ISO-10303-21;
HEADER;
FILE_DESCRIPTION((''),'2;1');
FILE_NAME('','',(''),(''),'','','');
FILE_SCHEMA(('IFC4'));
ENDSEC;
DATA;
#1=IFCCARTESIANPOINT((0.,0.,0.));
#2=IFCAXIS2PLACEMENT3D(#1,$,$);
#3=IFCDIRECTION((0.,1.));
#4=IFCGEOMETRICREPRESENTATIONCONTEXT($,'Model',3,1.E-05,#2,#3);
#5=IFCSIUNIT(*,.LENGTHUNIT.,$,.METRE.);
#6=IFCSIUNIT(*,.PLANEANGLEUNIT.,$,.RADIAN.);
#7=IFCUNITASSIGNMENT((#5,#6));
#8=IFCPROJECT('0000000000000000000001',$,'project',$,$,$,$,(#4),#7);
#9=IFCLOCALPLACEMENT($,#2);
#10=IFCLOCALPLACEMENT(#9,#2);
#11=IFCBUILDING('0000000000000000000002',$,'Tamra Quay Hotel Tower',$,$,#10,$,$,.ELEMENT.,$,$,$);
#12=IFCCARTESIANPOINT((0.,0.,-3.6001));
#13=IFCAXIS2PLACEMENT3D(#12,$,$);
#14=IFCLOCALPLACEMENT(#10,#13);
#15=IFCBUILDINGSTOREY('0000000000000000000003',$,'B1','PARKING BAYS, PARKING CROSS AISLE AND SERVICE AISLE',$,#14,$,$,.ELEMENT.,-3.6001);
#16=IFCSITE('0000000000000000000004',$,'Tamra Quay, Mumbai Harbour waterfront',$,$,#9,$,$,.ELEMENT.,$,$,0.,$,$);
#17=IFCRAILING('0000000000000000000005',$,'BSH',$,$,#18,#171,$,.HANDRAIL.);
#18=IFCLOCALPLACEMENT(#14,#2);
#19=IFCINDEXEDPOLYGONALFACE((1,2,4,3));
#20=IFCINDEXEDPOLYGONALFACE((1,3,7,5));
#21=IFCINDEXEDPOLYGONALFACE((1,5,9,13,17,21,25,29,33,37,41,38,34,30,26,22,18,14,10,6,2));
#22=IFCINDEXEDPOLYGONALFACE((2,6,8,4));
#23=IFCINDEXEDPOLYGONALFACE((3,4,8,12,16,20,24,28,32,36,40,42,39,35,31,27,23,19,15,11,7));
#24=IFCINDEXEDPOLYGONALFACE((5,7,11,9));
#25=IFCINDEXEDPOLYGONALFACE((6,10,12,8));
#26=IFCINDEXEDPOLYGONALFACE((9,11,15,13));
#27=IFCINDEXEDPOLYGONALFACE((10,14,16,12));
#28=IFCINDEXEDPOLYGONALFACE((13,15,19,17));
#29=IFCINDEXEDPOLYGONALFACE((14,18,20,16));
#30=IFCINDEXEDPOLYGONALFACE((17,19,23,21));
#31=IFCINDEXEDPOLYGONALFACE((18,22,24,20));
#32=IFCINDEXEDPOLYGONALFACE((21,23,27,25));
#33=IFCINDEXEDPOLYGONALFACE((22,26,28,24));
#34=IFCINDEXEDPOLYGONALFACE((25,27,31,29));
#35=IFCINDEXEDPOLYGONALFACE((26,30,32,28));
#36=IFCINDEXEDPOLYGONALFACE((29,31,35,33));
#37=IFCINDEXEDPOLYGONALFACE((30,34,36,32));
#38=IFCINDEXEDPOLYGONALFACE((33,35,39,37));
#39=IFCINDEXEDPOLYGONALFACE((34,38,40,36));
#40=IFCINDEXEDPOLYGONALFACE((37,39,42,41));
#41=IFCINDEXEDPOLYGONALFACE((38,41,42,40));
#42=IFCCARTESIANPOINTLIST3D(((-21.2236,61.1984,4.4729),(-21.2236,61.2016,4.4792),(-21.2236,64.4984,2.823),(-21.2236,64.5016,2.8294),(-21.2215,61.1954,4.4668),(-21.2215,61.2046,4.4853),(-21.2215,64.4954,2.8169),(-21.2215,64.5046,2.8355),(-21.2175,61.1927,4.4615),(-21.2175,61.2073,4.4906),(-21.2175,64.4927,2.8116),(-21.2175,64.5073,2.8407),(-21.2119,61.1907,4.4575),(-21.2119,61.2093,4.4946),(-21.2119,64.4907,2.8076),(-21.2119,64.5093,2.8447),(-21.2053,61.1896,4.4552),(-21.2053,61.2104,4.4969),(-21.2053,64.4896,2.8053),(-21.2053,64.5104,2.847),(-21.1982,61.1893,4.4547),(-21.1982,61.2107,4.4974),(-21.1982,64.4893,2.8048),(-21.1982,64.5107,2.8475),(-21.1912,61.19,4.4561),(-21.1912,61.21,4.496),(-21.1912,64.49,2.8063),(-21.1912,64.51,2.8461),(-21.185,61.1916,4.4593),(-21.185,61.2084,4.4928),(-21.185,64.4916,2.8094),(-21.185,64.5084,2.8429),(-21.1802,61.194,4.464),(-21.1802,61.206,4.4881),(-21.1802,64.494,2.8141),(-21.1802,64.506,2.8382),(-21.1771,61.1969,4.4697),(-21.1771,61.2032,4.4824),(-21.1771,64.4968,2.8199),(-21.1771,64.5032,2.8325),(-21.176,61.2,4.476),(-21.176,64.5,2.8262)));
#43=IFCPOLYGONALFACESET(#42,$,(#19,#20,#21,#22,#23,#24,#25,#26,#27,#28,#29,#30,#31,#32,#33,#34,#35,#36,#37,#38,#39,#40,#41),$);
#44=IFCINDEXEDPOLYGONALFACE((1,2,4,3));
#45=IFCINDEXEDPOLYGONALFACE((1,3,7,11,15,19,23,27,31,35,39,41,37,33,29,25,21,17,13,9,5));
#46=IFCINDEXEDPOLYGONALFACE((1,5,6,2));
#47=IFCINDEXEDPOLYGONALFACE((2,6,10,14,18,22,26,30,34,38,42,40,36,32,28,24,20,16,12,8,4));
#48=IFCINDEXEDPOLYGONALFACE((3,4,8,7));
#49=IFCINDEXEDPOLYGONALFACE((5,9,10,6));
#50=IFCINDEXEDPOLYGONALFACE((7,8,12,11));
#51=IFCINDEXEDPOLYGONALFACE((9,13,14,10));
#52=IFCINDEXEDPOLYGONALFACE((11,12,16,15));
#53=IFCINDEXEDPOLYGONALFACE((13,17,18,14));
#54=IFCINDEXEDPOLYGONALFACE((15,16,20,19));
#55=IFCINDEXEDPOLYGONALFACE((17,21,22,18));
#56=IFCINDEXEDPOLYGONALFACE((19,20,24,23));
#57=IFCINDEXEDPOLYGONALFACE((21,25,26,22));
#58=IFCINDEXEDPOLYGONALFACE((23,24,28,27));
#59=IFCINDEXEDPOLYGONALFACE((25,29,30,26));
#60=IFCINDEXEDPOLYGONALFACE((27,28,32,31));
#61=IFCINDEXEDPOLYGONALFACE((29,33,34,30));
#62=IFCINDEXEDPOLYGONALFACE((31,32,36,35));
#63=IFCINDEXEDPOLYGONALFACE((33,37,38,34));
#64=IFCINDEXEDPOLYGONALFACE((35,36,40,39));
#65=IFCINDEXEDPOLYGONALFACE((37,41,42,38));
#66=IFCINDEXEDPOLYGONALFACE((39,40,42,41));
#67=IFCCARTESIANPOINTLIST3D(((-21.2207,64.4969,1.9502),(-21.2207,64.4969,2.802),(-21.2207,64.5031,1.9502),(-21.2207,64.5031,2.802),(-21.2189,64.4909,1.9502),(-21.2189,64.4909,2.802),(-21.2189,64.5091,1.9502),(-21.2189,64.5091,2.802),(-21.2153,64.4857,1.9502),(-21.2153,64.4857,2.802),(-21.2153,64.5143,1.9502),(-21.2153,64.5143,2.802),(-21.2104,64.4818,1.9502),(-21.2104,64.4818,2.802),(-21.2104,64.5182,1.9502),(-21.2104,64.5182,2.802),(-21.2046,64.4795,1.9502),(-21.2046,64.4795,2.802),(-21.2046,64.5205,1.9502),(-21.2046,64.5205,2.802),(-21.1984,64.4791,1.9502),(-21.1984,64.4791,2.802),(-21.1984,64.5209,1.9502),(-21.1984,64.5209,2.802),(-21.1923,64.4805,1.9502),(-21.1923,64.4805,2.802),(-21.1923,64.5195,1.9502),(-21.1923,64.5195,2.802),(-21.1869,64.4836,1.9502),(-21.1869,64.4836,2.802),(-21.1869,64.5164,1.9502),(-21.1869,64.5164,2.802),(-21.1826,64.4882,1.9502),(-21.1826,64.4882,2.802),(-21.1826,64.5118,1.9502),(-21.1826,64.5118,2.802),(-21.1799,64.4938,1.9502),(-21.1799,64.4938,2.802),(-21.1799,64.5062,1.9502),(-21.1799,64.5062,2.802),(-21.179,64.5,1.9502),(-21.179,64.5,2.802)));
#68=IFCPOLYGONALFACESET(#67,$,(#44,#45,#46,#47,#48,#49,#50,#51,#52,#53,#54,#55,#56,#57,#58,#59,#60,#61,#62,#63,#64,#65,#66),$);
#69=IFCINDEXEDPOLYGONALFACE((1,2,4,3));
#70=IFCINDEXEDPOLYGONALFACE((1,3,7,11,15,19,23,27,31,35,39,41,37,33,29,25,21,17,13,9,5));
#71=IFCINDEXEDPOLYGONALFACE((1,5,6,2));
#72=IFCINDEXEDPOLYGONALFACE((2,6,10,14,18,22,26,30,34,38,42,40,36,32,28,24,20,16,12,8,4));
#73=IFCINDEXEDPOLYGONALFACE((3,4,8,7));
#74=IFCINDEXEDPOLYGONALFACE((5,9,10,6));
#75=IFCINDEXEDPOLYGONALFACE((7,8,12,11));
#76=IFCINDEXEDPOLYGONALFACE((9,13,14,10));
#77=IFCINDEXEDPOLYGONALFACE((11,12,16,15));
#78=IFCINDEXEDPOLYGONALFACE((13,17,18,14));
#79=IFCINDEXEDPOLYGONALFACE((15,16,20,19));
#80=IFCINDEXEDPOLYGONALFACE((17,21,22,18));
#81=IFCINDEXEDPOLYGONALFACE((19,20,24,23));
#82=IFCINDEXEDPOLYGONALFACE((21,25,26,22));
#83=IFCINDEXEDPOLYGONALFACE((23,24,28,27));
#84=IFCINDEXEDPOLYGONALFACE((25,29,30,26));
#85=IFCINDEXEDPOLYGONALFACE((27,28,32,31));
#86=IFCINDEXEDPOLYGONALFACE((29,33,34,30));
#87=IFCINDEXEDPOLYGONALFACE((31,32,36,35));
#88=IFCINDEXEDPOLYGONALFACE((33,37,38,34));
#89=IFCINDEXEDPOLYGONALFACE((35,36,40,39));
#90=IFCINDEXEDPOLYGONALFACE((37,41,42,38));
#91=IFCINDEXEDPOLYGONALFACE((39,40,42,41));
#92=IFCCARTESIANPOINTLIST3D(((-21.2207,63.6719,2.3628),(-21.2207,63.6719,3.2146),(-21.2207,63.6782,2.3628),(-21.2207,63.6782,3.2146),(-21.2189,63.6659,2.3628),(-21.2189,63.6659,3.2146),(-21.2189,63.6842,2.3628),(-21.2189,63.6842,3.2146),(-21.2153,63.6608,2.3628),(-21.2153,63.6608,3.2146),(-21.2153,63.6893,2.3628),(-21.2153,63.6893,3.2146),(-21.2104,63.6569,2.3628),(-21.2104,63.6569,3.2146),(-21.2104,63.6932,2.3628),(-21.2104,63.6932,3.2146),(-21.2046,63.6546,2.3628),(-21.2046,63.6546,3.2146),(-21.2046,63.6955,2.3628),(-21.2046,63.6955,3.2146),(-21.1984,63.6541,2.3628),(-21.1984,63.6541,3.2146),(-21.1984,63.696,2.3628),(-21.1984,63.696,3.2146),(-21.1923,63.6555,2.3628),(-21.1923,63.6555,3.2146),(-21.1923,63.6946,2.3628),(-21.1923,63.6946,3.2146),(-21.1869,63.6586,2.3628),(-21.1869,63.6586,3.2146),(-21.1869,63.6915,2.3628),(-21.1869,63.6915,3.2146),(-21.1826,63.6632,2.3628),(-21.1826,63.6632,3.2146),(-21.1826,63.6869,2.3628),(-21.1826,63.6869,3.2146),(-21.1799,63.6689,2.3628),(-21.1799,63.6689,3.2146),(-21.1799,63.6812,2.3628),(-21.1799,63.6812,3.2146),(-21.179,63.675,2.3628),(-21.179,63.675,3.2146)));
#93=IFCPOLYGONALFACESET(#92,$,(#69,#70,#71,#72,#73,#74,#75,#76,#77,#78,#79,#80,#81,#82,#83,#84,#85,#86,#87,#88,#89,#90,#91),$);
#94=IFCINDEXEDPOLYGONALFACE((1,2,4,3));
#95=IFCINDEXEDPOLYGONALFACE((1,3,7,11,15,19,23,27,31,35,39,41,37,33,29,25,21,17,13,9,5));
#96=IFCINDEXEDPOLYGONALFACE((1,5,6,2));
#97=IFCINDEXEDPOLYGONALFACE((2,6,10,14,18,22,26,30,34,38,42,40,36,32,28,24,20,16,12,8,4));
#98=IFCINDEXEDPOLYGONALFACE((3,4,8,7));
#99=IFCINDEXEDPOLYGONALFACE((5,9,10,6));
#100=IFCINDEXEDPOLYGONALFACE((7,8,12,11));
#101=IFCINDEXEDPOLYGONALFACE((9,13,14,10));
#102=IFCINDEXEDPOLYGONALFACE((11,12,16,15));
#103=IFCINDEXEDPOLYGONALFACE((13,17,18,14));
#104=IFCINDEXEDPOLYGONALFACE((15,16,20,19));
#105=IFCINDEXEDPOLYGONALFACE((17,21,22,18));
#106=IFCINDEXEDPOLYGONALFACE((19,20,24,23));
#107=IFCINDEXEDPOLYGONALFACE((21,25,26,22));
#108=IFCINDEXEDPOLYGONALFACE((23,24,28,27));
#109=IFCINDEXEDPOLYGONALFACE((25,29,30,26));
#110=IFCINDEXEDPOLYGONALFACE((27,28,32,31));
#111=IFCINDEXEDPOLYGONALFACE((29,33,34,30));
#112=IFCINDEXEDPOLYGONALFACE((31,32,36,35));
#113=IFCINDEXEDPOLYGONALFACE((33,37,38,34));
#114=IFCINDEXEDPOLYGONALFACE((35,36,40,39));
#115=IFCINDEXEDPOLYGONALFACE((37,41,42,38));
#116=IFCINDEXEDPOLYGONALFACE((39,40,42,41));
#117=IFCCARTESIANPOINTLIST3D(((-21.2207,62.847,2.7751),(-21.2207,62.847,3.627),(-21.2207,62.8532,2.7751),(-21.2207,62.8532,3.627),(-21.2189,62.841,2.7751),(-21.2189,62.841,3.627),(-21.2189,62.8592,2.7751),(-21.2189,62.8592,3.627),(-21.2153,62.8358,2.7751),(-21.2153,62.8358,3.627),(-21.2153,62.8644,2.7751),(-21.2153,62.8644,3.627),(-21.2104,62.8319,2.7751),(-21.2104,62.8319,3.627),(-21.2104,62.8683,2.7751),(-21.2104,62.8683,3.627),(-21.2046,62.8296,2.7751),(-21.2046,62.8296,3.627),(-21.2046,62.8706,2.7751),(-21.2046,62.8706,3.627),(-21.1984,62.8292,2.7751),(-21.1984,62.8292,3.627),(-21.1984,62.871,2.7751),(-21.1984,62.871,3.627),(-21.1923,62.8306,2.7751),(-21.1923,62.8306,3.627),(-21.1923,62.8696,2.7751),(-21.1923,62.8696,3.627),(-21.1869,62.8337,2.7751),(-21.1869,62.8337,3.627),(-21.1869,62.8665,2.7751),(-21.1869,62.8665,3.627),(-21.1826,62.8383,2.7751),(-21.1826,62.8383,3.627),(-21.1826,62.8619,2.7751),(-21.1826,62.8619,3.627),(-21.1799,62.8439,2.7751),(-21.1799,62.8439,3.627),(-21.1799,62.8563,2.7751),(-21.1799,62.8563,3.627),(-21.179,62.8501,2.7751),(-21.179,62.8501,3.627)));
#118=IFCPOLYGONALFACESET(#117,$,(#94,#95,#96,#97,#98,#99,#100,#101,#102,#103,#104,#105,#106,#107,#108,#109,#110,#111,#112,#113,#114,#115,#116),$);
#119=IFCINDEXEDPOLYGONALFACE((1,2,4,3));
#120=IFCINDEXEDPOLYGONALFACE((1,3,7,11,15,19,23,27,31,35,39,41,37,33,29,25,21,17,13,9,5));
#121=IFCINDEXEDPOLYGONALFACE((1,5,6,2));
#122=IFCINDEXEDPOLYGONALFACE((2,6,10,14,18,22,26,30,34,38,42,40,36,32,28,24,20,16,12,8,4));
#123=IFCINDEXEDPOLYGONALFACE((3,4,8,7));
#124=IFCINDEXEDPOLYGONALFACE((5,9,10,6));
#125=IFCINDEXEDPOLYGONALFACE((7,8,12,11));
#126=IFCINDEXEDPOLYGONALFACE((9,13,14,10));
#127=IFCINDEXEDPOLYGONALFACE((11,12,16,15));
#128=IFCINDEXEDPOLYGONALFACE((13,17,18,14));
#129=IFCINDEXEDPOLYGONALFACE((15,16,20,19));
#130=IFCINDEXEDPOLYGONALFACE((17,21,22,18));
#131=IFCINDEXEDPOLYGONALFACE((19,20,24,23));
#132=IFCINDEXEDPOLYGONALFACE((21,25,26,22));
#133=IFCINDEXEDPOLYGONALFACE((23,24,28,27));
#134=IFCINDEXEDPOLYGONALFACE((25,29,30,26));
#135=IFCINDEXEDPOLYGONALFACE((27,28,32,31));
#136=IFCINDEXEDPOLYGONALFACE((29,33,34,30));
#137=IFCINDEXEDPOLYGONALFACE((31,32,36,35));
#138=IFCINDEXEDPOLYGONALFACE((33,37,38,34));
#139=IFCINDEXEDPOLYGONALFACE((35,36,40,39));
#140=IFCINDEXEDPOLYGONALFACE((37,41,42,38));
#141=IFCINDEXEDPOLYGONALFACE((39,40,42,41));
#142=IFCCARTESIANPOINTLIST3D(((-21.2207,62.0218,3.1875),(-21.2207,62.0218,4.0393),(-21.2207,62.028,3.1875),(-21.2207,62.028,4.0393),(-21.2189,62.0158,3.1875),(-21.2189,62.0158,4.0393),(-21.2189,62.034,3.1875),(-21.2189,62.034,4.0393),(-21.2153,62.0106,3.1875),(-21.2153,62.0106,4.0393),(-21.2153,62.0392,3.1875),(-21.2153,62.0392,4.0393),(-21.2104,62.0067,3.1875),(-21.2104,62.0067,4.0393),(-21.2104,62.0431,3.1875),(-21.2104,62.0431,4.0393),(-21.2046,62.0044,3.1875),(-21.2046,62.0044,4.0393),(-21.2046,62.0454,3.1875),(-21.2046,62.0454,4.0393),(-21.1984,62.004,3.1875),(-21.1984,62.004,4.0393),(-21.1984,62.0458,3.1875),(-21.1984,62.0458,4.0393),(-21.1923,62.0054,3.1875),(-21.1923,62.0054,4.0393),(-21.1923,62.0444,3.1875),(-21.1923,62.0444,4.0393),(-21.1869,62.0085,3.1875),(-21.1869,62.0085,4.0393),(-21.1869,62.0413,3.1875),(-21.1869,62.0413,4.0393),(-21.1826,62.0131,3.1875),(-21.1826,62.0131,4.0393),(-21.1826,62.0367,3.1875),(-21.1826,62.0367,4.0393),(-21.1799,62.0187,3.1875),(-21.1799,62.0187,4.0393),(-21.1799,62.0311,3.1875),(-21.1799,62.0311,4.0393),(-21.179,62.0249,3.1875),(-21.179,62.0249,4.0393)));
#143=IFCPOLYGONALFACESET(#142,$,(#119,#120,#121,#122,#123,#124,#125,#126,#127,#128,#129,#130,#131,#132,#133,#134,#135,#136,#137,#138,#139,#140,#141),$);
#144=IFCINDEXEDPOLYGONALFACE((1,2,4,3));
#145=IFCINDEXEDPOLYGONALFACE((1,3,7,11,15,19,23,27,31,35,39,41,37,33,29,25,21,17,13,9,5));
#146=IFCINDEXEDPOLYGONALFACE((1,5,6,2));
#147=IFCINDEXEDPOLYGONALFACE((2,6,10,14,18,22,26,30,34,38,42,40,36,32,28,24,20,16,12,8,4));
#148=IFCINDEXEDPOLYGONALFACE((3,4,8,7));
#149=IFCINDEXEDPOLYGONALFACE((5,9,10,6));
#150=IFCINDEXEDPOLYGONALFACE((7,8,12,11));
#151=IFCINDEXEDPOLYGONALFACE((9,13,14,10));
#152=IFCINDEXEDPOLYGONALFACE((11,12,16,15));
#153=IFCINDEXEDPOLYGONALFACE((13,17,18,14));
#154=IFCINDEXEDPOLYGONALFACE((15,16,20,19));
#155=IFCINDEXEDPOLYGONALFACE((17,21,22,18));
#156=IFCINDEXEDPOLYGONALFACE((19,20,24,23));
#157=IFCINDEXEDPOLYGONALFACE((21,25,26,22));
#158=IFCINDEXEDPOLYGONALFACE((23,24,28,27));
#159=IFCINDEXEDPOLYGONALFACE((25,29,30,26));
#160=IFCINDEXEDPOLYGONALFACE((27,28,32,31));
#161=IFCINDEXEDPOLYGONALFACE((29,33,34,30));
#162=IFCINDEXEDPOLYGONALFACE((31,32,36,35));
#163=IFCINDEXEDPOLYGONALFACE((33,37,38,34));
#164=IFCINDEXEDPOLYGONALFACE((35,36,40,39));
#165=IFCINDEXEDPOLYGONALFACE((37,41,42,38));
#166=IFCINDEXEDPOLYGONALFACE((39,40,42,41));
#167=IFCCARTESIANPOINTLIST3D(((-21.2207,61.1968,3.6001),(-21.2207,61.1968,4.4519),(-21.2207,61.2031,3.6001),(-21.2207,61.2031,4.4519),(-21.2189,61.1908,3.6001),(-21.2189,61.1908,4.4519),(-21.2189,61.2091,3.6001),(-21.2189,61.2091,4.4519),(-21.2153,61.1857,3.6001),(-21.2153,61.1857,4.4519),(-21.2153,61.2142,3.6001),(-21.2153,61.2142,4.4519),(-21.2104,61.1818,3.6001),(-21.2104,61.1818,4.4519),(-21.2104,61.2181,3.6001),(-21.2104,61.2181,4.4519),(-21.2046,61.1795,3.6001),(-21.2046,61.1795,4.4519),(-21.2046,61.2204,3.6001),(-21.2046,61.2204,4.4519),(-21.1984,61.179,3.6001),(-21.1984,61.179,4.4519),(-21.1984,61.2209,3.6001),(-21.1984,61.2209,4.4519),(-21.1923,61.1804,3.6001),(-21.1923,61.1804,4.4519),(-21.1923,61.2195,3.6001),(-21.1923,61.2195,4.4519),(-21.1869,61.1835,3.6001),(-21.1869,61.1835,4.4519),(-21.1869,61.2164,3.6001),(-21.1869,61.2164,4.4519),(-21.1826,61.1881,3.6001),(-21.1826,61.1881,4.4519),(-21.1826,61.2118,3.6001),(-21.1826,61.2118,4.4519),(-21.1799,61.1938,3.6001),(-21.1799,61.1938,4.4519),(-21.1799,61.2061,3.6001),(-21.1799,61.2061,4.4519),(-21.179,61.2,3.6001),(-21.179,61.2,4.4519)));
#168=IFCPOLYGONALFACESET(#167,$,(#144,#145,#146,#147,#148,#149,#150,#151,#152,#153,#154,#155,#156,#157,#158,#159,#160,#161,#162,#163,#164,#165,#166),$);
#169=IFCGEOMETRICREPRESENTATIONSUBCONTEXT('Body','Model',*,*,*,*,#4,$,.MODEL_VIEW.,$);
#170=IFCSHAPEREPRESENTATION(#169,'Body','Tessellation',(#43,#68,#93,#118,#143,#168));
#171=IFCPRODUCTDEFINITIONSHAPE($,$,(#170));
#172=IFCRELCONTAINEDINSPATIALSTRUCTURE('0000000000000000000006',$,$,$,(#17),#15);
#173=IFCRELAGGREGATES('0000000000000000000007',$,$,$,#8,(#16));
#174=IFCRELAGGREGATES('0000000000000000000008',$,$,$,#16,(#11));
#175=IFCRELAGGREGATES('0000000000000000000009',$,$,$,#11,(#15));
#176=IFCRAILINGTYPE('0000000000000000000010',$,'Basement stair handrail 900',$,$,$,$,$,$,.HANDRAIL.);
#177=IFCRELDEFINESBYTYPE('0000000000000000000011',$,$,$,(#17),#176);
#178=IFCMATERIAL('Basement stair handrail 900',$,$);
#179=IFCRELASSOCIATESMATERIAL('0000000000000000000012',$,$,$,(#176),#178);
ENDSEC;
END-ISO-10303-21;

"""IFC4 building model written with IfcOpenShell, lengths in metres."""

from ifc_helpers import new_model, si_unit, direction, frame, origin, origin_2d, place, context, subcontext, project, spatial, circle, extrude, material, type_object, element, save


model = new_model("IFC4")

# Units and contexts
model_context = context("Model", 3, precision=1e-05, world=origin(), true_north=direction((0.0, 1.0)))
body_context = subcontext(model_context, "Body", "Model", "MODEL_VIEW")
ifc_project = project(units=[si_unit("LENGTHUNIT", "METRE"), si_unit("PLANEANGLEUNIT", "RADIAN")], contexts=[model_context])

# Site, building, storey
site_placement = place(None, origin())
site = spatial("IfcSite", under=ifc_project, at=site_placement, Name="Tamra Quay, Mumbai Harbour waterfront", CompositionType="ELEMENT", RefElevation=0.0)
building_placement = place(site_placement, origin())
building = spatial("IfcBuilding", under=site, at=building_placement, Name="Tamra Quay Hotel Tower", CompositionType="ELEMENT")
storey_placement = place(building_placement, frame((0.0, 0.0, -3.6001)))
storey = spatial("IfcBuildingStorey", under=building, at=storey_placement, Name="B1", Description="PARKING BAYS, PARKING CROSS AISLE AND SERVICE AISLE", CompositionType="ELEMENT", Elevation=-3.6001)

# Railing
ifc_material_1 = material(Name="Basement stair handrail 900")
railing_type_1 = type_object("IfcRailingType", Name="Basement stair handrail 900", PredefinedType="HANDRAIL", material=ifc_material_1)
railing_1_placement = place(storey_placement, frame((-21.2, 64.5, 1.9502)))
element("IfcRailing", 1, at=railing_1_placement, inside=storey, type_object=railing_type_1, Name="BSH", PredefinedType="HANDRAIL", context=body_context, shape_type="SweptSolid", body=[
    extrude(circle(Radius=0.0239, at=origin_2d()), frame((0.0, 0.0, 0.876), z_axis=(0.0, -0.89444, 0.447187), x_axis=(1.0, 0.0, 0.0)), (0.0, 0.0, 1.0), 3.6895),
    extrude(circle(Radius=0.021, at=origin_2d()), origin(), (0.0, 0.0, 1.0), 0.8518),
    extrude(circle(Radius=0.021, at=origin_2d()), frame((0.0, -0.825, 0.4126)), (0.0, 0.0, 1.0), 0.8518),
    extrude(circle(Radius=0.021, at=origin_2d()), frame((0.0, -1.6499, 0.825)), (0.0, 0.0, 1.0), 0.8518),
    extrude(circle(Radius=0.021, at=origin_2d()), frame((0.0, -2.4751, 1.2373)), (0.0, 0.0, 1.0), 0.8518),
    extrude(circle(Radius=0.021, at=origin_2d()), frame((0.0, -3.3, 1.6499)), (0.0, 0.0, 1.0), 0.8518),
])

save(model, "model.ifc")
